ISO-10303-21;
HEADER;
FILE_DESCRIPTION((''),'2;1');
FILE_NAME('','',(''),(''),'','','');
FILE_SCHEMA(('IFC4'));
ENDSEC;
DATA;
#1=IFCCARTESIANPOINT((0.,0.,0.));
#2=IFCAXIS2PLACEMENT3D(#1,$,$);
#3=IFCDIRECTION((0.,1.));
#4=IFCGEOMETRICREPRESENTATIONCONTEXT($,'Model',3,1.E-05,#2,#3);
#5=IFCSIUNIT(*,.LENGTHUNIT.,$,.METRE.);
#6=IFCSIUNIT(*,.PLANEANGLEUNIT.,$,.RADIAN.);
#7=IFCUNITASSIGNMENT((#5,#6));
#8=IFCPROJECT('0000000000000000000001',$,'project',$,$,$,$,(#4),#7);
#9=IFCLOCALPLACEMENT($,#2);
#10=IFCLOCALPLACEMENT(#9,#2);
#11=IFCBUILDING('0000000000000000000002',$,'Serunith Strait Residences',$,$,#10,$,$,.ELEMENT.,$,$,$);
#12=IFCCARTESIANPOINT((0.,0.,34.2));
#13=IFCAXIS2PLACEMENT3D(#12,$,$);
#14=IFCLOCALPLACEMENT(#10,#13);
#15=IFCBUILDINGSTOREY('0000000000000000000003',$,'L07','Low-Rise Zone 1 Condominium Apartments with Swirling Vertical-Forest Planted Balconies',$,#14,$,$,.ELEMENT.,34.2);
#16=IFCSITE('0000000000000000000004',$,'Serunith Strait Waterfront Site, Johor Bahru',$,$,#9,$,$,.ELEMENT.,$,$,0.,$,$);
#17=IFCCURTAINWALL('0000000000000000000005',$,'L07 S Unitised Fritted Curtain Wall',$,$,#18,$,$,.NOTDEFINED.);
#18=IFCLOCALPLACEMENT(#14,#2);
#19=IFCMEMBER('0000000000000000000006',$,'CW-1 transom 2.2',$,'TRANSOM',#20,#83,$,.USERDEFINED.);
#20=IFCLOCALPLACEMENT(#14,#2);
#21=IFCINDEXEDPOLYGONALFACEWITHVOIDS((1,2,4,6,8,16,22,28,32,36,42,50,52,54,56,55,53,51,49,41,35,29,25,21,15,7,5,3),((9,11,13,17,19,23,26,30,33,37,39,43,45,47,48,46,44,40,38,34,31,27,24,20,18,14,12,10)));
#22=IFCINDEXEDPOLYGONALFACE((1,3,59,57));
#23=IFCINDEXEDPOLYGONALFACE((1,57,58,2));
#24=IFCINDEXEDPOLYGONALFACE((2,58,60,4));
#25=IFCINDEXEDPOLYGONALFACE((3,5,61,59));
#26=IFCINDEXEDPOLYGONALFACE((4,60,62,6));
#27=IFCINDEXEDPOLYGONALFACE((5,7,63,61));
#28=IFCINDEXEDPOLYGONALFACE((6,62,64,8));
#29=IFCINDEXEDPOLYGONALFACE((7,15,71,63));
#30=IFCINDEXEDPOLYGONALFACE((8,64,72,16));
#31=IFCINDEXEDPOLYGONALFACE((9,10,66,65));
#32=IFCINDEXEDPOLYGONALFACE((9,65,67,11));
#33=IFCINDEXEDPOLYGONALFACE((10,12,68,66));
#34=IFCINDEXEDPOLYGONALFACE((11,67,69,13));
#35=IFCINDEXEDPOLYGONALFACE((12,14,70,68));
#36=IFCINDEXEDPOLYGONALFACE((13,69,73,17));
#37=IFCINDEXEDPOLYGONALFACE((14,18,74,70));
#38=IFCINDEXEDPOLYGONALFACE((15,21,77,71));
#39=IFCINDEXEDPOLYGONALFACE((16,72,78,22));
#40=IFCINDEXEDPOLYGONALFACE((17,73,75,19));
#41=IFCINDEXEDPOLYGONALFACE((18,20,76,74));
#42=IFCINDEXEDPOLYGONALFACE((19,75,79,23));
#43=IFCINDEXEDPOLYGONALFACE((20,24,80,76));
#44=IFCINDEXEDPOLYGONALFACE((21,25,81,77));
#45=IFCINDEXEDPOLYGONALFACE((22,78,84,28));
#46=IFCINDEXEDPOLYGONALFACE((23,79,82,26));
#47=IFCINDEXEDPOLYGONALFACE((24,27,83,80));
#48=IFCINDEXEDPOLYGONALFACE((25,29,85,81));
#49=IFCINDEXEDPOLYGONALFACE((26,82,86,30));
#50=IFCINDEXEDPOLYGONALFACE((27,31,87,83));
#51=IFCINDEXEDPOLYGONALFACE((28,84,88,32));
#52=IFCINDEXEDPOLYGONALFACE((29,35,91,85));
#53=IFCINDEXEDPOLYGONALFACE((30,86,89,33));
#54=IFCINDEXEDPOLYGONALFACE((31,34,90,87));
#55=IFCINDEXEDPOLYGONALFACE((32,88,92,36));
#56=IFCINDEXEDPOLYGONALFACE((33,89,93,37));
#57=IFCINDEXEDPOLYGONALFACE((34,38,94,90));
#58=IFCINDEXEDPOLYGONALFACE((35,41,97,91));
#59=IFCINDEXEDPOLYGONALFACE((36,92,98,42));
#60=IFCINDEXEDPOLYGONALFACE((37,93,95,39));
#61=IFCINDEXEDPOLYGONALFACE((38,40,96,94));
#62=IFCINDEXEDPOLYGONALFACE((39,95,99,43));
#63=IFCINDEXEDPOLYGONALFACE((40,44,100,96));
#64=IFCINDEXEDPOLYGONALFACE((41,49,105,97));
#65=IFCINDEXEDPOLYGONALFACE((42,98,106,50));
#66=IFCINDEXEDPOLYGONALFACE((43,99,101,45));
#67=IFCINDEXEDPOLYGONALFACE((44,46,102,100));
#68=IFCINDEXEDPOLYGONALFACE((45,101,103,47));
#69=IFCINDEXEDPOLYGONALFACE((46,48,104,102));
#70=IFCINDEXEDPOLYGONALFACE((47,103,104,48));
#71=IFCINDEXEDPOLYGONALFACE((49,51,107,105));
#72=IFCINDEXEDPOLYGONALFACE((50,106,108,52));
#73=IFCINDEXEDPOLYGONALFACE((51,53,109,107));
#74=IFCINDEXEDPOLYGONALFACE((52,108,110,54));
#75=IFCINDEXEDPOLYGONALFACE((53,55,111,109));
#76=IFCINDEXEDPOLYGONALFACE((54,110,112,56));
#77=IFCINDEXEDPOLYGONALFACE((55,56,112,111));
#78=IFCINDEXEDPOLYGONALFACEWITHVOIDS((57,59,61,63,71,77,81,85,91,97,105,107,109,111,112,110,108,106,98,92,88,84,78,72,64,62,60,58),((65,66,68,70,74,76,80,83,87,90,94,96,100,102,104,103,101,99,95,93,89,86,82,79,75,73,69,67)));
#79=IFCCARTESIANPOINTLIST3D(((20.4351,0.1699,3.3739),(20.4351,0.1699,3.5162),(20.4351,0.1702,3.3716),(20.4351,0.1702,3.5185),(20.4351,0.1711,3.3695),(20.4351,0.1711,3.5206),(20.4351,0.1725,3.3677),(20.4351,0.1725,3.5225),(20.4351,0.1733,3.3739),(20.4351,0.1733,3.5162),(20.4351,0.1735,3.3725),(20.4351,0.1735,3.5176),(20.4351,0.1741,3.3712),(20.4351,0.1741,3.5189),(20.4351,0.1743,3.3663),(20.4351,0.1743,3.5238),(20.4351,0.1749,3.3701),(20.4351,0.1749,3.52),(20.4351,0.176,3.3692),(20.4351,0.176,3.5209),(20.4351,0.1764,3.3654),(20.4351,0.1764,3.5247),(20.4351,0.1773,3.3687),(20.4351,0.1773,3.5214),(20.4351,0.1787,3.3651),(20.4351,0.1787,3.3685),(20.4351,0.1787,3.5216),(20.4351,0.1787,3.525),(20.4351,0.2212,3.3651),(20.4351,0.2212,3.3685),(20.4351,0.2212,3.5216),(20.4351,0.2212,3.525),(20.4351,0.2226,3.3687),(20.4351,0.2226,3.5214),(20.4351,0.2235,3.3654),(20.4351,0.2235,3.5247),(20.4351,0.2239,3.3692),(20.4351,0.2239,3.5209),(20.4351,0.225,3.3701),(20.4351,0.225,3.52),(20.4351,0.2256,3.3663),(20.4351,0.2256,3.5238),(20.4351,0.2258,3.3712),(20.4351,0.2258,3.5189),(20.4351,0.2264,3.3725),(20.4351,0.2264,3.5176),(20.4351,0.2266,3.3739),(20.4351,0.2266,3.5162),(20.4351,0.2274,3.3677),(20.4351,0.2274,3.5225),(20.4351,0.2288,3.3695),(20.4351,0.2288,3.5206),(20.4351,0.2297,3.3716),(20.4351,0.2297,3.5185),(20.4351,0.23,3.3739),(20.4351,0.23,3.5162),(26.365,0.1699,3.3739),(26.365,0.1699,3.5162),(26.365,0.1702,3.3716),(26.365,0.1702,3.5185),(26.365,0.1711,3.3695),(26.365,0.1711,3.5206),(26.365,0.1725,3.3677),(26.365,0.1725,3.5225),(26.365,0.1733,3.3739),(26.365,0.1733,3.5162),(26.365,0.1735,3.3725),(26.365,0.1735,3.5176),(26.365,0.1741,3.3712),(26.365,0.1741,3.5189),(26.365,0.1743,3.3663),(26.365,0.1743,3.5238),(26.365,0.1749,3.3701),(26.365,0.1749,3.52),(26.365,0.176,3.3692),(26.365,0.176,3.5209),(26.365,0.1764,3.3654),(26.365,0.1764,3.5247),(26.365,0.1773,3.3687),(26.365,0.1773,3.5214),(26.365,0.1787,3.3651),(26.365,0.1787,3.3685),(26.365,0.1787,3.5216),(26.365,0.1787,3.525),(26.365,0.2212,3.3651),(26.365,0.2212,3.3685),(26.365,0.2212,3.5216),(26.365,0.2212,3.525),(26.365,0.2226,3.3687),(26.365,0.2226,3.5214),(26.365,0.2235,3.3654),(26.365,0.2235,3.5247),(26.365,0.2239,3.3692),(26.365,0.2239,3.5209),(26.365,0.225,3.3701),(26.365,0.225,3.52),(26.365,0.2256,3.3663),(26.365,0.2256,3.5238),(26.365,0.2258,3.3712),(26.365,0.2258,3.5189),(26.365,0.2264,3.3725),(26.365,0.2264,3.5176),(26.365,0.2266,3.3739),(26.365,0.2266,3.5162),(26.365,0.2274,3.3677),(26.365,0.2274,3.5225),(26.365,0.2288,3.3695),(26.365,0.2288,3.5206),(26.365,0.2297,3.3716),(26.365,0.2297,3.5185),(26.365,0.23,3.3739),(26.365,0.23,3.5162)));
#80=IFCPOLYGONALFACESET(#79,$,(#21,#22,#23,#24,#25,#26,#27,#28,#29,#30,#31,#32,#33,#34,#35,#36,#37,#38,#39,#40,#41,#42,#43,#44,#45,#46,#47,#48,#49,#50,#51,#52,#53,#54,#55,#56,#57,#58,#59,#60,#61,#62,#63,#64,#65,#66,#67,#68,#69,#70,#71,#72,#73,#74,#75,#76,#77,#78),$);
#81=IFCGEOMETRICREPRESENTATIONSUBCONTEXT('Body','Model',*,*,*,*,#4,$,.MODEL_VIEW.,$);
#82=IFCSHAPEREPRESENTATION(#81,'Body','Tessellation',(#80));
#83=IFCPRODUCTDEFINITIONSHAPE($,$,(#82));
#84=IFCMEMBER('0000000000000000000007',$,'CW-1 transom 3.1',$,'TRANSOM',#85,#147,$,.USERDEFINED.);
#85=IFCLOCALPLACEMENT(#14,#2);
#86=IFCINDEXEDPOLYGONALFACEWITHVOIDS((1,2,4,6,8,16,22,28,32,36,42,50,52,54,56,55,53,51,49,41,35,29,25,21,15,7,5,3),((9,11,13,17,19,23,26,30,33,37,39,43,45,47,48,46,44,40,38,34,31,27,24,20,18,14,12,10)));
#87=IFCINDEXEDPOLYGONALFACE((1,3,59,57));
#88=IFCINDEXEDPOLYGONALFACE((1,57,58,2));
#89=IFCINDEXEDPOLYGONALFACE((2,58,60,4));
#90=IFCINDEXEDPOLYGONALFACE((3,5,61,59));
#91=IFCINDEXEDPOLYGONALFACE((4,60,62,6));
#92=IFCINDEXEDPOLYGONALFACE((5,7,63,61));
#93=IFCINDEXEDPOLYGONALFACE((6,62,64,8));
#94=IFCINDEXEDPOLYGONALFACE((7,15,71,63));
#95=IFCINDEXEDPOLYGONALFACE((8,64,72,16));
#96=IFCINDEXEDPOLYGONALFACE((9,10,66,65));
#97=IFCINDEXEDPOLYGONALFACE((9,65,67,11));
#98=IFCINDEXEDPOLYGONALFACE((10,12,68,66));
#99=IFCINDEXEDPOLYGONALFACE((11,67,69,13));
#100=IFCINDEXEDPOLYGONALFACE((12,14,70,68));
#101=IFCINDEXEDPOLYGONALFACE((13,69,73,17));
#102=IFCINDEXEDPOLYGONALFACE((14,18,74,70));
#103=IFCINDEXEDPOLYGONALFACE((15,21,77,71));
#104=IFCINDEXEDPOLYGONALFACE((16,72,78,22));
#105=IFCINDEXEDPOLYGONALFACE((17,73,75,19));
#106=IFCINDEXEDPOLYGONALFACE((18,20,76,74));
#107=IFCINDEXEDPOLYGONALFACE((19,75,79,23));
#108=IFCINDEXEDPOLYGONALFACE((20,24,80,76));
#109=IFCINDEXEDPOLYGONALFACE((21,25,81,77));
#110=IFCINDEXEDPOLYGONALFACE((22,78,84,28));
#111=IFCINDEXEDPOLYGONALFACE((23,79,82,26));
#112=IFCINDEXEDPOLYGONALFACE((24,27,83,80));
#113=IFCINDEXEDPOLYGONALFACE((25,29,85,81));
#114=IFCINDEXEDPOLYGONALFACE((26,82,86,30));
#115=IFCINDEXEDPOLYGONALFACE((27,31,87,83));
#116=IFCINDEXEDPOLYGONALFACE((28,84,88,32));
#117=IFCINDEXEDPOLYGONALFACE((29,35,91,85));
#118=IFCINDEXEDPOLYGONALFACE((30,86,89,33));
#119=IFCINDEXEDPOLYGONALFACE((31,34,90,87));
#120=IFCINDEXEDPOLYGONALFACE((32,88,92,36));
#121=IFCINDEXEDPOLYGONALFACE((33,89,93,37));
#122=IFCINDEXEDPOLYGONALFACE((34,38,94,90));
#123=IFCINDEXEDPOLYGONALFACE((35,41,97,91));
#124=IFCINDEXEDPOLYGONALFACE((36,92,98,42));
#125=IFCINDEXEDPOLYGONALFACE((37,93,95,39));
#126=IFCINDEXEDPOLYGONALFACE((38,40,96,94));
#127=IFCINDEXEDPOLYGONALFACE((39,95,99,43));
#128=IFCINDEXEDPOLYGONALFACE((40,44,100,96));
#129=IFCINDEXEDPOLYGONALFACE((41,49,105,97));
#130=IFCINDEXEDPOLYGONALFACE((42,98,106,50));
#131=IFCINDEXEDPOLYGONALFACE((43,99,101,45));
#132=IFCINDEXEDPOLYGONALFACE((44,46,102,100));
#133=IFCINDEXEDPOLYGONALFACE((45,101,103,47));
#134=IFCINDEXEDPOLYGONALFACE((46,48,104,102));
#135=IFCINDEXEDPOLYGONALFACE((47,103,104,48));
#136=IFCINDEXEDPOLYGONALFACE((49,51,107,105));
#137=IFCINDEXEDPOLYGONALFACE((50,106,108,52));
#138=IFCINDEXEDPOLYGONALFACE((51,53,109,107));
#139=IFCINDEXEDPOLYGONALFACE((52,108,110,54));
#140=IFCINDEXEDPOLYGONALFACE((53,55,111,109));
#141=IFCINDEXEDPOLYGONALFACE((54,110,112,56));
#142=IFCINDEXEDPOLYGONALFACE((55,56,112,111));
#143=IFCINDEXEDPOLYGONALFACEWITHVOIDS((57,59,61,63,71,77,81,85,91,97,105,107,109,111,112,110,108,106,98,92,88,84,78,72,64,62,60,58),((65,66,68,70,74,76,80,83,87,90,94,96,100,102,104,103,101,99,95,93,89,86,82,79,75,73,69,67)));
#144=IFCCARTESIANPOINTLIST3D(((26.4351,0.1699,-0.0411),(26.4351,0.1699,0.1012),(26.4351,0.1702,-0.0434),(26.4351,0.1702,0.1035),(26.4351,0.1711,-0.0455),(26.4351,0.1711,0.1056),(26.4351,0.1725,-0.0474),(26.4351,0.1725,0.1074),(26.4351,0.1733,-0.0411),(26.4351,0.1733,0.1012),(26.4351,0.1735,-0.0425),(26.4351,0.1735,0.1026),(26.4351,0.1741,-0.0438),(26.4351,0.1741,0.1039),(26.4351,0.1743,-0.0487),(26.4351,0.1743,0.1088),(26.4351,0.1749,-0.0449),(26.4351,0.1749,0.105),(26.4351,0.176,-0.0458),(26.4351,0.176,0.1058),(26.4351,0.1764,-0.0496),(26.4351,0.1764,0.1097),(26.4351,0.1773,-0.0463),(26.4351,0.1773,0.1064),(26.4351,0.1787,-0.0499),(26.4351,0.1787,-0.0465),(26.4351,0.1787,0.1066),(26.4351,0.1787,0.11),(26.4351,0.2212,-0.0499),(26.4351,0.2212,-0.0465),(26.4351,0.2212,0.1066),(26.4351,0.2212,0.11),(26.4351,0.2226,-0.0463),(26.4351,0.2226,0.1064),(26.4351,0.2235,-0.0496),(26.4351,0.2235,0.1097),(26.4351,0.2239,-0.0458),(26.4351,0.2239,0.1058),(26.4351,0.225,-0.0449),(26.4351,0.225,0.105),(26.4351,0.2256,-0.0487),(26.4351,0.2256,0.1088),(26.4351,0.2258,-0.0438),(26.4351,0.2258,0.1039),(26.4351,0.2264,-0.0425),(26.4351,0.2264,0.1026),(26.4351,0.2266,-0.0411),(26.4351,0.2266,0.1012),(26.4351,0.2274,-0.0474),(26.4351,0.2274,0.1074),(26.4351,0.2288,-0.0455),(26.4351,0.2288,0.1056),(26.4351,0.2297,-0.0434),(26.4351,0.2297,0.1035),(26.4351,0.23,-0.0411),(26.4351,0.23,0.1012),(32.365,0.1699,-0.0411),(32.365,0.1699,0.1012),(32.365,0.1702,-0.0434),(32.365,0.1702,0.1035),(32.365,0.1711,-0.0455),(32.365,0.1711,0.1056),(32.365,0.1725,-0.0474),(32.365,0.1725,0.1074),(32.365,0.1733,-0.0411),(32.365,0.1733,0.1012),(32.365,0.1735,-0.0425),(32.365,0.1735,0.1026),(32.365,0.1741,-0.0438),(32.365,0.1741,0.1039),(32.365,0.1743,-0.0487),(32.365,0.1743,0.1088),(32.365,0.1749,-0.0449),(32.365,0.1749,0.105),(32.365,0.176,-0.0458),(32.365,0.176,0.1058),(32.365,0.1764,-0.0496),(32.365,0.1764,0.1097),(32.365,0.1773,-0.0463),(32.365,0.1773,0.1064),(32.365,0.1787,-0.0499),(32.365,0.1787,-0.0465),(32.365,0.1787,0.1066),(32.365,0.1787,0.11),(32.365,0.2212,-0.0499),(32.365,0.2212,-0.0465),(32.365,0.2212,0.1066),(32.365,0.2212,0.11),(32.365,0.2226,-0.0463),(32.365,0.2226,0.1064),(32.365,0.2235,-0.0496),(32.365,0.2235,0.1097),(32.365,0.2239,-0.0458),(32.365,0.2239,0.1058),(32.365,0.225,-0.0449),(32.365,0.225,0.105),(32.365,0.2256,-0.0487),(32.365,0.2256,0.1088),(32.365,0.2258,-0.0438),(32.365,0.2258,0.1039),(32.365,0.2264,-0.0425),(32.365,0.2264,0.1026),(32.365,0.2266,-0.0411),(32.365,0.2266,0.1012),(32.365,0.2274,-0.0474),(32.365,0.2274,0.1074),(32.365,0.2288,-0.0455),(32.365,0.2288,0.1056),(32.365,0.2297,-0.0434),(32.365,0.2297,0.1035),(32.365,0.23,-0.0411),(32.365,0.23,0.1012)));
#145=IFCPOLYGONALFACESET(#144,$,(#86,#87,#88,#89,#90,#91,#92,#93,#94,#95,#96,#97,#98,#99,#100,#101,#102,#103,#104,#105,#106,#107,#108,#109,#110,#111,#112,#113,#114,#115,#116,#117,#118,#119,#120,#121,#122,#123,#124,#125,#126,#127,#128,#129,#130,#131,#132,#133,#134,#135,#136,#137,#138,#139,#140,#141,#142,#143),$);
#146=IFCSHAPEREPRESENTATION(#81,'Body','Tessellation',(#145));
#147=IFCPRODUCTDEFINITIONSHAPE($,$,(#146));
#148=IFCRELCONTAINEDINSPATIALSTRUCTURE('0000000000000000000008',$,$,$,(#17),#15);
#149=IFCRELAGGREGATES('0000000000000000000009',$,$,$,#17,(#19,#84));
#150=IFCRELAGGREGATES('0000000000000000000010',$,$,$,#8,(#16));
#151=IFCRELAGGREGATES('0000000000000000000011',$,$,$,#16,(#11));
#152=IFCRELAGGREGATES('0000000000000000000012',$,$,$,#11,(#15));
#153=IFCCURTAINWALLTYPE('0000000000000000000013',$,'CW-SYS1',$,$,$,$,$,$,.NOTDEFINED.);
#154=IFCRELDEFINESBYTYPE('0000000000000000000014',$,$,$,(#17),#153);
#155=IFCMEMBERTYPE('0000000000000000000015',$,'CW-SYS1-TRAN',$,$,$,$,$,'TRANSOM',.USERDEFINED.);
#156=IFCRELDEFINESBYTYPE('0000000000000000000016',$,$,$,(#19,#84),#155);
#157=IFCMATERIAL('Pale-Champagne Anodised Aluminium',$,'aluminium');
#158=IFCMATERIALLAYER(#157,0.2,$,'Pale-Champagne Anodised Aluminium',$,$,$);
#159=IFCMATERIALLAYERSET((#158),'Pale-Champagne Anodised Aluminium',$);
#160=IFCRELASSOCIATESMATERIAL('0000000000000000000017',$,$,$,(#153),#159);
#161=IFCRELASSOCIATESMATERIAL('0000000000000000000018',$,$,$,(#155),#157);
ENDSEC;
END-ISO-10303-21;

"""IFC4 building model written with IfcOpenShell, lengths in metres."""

from ifc_helpers import new_model, si_unit, direction, frame, origin, origin_2d, place, context, subcontext, project, spatial, hollow_rectangle, extrude, source, transform, mapped, material, layer, layer_set, material_profile, profile_set, type_object, element, aggregate, save


model = new_model("IFC4")

# Units and contexts
model_context = context("Model", 3, precision=1e-05, world=origin(), true_north=direction((0.0, 1.0)))
body_context = subcontext(model_context, "Body", "Model", "MODEL_VIEW")
ifc_project = project(units=[si_unit("LENGTHUNIT", "METRE"), si_unit("PLANEANGLEUNIT", "RADIAN")], contexts=[model_context])

# Site, building, storey
site_placement = place(None, origin())
site = spatial("IfcSite", under=ifc_project, at=site_placement, Name="Serunith Strait Waterfront Site, Johor Bahru", CompositionType="ELEMENT", RefElevation=0.0)
building_placement = place(site_placement, origin())
building = spatial("IfcBuilding", under=site, at=building_placement, Name="Serunith Strait Residences", CompositionType="ELEMENT")
storey_placement = place(building_placement, frame((0.0, 0.0, 34.2)))
storey = spatial("IfcBuildingStorey", under=building, at=storey_placement, Name="L07", Description="Low-Rise Zone 1 Condominium Apartments with Swirling Vertical-Forest Planted Balconies", CompositionType="ELEMENT", Elevation=34.2)

# Curtain wall, members
ifc_material_1 = material(Name="Pale-Champagne Anodised Aluminium", Category="aluminium")
ifc_layer_1 = layer(ifc_material_1, 0.2, Name="Pale-Champagne Anodised Aluminium")
ifc_layer_set_1 = layer_set([ifc_layer_1], Name="Pale-Champagne Anodised Aluminium")
curtain_wall_type = type_object("IfcCurtainWallType", Name="CW-SYS1", PredefinedType="NOTDEFINED", material=ifc_layer_set_1)
curtain_wall_placement = place(storey_placement, origin())
curtain_wall = element("IfcCurtainWall", 1, at=curtain_wall_placement, inside=storey, type_object=curtain_wall_type, Name="L07 S Unitised Fritted Curtain Wall", PredefinedType="NOTDEFINED")
ifc_material_profile_1 = material_profile(ifc_material_1, hollow_rectangle(XDim=0.0601, YDim=0.1599, WallThickness=0.0034, InnerFilletRadius=0.0054, OuterFilletRadius=0.0088, at=origin_2d()), Name="ALU 160x60x3.5")
ifc_profile_set_1 = profile_set([ifc_material_profile_1], Name="Pale-Champagne Anodised Aluminium")
member_type_1 = type_object("IfcMemberType", Name="CW-SYS1-TRAN", ElementType="TRANSOM", PredefinedType="USERDEFINED", material=ifc_profile_set_1)
shared_shape_1 = source(origin(), body_context, "Body", "SweptSolid", [
    extrude(hollow_rectangle(XDim=0.0601, YDim=0.1599, WallThickness=0.0034, InnerFilletRadius=0.0054, OuterFilletRadius=0.0088, at=origin_2d()), origin(), (0.0, 0.0, 1.0), 5.9299),
])
member_1_placement = place(storey_placement, frame((20.4351, 0.2, 3.4451), z_axis=(1.0, 0.0, 0.0), x_axis=(0.0, 1.0, 0.0)))
member_1 = element("IfcMember", 2, at=member_1_placement, type_object=member_type_1, Name="CW-1 transom 2.2", ObjectType="TRANSOM", PredefinedType="USERDEFINED", context=body_context, shape_type="MappedRepresentation", body=[
    mapped(shared_shape_1, transform((0.0, 0.0, 0.0), scale=1.0)),
])
member_2_placement = place(storey_placement, frame((26.4351, 0.2, 0.03), z_axis=(1.0, 0.0, 0.0), x_axis=(0.0, 1.0, 0.0)))
member_2 = element("IfcMember", 3, at=member_2_placement, type_object=member_type_1, Name="CW-1 transom 3.1", ObjectType="TRANSOM", PredefinedType="USERDEFINED", context=body_context, shape_type="MappedRepresentation", body=[
    mapped(shared_shape_1, transform((0.0, 0.0, 0.0), scale=1.0)),
])
aggregate(curtain_wall, [member_1, member_2])

save(model, "model.ifc")
